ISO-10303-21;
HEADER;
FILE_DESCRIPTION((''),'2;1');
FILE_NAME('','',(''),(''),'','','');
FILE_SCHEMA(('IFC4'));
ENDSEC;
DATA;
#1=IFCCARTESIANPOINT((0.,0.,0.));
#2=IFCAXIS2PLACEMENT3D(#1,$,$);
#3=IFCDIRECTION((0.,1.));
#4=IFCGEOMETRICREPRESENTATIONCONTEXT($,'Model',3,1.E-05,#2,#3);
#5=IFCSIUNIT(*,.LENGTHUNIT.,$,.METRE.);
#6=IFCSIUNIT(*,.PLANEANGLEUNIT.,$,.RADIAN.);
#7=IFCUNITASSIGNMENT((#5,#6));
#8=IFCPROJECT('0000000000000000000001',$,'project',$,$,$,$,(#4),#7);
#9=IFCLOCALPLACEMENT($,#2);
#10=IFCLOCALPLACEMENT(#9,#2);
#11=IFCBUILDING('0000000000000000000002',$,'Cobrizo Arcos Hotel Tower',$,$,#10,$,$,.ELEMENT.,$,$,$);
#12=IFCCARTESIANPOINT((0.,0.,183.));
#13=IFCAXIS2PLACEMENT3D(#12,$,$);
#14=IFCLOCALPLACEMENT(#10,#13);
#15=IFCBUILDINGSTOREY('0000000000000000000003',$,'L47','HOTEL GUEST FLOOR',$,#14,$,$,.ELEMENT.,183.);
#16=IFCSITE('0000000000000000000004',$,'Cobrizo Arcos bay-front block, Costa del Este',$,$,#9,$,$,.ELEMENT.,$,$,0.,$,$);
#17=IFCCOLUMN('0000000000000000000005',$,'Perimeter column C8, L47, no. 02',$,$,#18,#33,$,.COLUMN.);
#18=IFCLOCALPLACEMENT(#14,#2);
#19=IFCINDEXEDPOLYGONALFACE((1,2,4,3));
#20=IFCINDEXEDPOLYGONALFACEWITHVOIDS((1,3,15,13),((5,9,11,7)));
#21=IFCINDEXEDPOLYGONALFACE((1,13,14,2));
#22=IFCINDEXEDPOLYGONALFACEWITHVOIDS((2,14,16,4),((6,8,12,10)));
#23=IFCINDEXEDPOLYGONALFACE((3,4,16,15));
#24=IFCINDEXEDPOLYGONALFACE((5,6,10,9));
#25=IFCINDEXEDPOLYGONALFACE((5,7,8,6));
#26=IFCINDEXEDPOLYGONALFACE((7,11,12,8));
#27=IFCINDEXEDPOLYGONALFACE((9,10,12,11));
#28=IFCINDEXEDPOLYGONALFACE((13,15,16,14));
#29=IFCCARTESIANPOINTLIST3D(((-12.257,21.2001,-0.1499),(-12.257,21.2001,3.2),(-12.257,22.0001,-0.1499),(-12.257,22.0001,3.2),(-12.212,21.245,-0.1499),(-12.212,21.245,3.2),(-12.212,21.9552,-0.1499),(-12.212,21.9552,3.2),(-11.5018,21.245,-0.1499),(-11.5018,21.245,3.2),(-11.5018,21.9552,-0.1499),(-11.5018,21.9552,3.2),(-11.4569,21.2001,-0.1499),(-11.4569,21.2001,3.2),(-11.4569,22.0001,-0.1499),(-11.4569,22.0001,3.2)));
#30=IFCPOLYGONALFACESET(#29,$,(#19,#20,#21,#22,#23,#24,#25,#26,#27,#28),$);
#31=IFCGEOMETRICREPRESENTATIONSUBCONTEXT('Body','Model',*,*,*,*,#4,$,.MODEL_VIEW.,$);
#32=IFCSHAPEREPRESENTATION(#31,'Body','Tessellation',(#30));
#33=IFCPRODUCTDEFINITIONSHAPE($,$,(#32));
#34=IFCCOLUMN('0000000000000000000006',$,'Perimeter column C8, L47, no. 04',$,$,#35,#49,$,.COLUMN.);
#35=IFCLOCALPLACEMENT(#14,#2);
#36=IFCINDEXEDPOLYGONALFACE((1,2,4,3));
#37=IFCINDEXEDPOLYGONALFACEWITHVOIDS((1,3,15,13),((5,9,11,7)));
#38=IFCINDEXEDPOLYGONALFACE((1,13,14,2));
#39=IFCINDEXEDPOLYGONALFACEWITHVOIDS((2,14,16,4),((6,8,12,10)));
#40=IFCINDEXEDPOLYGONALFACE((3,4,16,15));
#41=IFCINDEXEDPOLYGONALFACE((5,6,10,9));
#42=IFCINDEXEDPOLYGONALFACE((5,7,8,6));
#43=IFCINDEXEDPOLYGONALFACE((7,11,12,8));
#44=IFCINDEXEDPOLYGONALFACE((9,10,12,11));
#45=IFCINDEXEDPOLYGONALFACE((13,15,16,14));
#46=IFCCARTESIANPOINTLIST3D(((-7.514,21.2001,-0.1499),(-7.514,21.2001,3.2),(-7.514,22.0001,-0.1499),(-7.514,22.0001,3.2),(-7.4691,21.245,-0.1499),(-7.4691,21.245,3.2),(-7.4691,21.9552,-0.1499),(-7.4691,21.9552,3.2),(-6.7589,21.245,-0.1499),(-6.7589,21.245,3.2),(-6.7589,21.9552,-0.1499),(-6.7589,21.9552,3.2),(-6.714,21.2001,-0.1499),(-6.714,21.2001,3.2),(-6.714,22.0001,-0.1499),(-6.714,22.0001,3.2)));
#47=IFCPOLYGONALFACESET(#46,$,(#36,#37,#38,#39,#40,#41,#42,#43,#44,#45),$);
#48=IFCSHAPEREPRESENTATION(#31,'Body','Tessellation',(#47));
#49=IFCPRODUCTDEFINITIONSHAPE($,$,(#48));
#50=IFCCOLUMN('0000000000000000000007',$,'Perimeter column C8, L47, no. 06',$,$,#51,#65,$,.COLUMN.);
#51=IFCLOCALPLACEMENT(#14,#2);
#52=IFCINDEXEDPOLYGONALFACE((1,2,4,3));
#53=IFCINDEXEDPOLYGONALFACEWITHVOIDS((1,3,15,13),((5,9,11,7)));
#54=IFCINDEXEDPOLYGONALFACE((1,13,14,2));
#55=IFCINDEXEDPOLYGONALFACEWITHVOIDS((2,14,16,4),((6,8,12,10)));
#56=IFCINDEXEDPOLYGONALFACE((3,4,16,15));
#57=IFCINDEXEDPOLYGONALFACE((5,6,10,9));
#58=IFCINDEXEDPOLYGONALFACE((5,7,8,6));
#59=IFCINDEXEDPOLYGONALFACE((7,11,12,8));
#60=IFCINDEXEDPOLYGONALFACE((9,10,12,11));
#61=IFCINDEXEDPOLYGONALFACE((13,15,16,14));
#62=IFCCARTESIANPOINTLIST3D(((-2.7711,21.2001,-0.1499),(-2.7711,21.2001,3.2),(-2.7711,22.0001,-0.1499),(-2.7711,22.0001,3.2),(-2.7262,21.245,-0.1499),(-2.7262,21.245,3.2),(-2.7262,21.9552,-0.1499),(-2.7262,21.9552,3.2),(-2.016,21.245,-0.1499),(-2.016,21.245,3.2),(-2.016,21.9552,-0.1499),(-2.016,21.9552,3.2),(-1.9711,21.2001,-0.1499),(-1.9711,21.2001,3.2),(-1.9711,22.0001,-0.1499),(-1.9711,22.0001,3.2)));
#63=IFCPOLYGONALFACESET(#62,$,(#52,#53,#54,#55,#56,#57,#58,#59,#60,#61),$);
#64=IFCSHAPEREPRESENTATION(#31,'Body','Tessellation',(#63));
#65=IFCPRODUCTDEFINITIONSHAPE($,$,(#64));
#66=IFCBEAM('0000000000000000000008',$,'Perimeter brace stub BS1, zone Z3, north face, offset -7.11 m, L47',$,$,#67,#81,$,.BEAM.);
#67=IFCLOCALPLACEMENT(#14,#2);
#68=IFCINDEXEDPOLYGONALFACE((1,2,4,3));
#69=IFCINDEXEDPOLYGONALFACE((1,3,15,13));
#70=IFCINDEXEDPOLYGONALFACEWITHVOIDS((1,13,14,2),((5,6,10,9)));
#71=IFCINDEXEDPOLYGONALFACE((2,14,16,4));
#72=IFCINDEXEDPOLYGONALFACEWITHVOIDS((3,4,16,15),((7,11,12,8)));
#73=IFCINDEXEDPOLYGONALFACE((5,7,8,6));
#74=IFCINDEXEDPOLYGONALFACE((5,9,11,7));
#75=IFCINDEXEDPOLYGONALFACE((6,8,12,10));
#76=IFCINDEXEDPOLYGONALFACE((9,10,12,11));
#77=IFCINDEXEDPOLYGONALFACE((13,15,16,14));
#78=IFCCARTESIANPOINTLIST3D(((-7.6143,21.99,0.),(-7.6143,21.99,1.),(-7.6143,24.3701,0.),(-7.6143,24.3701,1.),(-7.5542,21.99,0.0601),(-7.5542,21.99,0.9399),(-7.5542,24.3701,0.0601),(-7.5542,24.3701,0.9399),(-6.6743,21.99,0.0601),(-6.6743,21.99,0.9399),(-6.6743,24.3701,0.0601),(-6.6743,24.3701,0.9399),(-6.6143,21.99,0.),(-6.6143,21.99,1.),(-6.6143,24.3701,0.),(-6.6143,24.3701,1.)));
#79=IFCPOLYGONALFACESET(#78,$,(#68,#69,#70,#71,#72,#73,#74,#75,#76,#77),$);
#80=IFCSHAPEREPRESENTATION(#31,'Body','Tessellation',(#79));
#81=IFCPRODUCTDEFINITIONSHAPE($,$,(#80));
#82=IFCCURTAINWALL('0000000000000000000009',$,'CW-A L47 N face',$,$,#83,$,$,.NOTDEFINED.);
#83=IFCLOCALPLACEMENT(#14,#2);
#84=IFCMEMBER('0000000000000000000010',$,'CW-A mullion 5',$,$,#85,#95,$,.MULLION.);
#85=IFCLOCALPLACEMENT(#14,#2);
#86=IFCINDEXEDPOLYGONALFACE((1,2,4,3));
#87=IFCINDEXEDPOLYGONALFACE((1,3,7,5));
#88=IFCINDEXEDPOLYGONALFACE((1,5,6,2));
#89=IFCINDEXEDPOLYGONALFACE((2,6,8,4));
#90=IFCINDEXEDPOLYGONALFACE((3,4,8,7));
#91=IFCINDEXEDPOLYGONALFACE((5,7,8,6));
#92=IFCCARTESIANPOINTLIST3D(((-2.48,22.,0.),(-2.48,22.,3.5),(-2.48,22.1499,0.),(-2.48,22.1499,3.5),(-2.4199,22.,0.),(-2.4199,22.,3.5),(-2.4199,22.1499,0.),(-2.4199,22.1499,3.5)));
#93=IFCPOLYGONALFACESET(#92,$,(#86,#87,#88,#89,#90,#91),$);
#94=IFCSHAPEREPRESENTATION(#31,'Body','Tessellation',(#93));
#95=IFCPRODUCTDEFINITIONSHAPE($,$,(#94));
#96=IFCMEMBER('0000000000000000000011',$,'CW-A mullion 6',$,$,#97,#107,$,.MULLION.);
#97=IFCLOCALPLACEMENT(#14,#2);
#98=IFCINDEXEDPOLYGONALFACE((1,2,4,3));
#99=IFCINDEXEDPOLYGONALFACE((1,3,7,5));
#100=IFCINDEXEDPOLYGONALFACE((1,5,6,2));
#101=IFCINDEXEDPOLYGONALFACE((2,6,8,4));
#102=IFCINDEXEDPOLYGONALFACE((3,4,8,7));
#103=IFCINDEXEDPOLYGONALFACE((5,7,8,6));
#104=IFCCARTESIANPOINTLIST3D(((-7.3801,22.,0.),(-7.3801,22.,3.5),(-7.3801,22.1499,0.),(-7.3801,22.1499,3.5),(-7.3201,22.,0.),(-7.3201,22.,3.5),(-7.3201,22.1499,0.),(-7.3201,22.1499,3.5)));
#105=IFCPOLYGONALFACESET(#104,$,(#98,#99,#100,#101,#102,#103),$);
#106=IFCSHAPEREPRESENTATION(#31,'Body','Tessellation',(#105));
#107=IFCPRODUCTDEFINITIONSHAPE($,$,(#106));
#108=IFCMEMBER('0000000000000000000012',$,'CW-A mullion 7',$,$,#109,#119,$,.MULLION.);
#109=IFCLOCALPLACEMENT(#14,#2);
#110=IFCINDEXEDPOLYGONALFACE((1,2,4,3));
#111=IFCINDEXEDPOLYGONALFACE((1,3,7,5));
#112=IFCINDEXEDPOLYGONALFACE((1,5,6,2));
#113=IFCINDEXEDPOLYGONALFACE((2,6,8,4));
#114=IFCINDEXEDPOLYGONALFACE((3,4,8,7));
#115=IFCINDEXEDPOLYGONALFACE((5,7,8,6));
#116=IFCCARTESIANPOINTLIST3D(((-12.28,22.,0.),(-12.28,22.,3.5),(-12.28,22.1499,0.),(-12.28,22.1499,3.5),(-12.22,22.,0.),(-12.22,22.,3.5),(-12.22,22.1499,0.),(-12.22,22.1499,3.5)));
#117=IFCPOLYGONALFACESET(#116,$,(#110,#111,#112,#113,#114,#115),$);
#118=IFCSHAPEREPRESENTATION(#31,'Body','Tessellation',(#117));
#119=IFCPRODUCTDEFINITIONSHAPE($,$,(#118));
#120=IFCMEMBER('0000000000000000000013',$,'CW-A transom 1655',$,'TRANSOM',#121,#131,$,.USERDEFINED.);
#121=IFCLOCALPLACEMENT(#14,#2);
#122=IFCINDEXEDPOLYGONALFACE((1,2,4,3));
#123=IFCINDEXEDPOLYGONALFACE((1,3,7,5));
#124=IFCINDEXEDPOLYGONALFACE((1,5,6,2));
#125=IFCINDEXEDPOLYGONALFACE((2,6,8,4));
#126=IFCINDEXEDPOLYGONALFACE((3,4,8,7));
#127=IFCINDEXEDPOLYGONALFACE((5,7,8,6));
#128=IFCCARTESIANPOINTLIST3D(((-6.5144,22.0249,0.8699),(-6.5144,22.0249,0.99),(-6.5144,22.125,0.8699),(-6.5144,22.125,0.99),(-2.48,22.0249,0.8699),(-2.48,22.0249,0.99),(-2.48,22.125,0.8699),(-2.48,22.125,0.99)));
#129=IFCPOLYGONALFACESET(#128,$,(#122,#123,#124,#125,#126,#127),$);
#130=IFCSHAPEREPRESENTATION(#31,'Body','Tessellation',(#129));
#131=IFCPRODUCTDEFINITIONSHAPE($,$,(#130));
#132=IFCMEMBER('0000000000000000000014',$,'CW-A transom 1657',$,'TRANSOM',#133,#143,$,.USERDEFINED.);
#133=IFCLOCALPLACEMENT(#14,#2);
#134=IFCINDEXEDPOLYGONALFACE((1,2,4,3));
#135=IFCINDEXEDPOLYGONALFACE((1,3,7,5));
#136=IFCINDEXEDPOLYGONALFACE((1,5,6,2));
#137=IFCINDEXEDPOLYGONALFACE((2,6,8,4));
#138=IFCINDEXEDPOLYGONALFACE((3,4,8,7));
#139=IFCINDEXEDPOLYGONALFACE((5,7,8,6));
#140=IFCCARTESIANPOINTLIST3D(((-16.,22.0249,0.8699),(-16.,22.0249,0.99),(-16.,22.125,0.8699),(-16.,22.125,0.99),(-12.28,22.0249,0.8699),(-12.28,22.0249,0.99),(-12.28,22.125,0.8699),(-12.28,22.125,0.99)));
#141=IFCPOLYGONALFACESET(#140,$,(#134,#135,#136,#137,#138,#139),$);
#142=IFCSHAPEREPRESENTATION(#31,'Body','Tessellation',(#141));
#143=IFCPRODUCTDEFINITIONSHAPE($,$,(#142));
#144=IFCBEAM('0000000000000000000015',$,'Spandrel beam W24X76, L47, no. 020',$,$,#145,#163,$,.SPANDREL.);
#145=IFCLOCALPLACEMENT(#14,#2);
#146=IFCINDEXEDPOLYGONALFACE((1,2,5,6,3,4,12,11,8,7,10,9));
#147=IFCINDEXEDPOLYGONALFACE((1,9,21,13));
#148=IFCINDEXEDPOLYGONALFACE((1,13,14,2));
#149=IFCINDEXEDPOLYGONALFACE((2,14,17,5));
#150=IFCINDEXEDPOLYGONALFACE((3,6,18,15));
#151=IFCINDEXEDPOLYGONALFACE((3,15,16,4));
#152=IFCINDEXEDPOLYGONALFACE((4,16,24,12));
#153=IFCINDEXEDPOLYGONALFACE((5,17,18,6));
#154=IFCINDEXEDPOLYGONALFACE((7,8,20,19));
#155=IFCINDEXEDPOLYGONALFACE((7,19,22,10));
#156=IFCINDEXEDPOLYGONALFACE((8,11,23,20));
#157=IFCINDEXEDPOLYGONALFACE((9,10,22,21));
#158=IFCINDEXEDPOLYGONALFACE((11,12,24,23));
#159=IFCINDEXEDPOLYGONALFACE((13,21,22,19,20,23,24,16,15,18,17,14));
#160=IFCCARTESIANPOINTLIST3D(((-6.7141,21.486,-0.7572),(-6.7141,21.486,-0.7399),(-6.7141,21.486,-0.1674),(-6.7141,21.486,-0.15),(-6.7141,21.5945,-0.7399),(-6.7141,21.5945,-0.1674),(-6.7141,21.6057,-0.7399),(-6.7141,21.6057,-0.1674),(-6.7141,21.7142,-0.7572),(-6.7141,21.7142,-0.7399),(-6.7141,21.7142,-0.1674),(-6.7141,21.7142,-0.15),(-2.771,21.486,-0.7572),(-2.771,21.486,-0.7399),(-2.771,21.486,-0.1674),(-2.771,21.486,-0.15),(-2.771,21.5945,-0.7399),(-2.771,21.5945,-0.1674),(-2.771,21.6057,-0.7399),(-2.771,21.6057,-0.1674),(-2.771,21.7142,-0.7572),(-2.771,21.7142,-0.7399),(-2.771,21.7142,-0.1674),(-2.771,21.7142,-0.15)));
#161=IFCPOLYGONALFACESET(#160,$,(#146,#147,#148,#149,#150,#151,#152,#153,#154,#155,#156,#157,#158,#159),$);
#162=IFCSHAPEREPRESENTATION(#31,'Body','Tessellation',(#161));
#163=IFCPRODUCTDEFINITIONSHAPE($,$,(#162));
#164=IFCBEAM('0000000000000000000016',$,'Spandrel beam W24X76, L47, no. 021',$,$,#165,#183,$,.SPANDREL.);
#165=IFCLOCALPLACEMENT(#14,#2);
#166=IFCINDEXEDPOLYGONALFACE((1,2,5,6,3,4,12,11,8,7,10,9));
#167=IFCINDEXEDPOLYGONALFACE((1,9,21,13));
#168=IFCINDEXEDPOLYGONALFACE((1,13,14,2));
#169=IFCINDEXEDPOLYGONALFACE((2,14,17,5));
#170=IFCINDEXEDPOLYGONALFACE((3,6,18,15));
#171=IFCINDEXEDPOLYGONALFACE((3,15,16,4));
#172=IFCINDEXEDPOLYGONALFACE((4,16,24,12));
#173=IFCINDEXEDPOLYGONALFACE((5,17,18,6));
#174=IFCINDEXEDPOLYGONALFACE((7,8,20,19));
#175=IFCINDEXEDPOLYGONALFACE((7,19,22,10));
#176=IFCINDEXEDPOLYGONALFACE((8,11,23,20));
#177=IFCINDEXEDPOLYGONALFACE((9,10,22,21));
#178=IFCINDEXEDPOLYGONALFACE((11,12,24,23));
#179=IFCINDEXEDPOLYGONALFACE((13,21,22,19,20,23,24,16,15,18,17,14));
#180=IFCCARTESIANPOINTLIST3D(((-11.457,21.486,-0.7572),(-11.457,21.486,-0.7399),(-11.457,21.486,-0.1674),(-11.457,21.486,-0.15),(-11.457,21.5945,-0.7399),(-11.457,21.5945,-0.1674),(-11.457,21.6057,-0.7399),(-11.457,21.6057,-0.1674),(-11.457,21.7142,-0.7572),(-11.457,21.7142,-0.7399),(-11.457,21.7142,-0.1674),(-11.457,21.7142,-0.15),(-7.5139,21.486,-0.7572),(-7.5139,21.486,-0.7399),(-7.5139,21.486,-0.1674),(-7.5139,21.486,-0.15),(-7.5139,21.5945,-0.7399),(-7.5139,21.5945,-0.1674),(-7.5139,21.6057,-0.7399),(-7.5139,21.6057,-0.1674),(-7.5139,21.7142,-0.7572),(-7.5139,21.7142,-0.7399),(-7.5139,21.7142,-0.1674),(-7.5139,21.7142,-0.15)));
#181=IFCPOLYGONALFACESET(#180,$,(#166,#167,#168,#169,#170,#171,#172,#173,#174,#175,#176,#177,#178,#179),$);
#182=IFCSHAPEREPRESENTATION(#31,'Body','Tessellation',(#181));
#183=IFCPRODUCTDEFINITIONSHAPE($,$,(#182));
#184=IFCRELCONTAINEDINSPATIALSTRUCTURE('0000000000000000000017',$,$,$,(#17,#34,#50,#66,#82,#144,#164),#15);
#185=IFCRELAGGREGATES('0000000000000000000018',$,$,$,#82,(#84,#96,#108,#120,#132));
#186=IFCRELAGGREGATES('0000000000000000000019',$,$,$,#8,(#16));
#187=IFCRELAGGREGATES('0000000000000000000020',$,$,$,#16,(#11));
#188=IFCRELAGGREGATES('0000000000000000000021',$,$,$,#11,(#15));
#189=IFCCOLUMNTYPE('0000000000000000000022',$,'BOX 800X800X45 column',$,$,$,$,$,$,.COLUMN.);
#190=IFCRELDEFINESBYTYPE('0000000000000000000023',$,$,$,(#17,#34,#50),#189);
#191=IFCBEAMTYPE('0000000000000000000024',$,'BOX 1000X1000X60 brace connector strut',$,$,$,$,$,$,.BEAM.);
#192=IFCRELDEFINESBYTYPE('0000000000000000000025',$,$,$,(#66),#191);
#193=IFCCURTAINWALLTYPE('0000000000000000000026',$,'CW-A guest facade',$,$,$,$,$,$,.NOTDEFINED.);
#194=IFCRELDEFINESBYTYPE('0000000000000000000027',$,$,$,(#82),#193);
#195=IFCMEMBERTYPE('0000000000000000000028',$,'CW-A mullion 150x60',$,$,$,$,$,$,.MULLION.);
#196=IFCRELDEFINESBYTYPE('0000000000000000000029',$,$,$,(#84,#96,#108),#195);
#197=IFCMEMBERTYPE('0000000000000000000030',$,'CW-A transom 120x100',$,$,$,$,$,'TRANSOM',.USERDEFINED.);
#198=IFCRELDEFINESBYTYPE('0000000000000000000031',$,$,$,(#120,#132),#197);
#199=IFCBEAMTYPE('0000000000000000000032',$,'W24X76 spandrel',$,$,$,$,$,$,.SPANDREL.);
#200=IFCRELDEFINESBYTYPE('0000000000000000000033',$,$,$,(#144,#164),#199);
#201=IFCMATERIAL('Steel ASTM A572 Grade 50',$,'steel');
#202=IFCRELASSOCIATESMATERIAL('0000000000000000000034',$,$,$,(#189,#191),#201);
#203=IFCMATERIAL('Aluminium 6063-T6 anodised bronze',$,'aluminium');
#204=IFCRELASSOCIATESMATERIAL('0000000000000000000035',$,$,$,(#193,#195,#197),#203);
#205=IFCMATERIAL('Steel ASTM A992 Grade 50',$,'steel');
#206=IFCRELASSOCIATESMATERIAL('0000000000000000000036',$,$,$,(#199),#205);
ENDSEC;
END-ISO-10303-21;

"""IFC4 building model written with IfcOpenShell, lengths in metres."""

from ifc_helpers import new_model, si_unit, direction, frame, origin, origin_2d, place, context, subcontext, project, spatial, rectangle, hollow_rectangle, i_section, extrude, material, material_profile, profile_set, type_object, element, aggregate, save


model = new_model("IFC4")

# Units and contexts
model_context = context("Model", 3, precision=1e-05, world=origin(), true_north=direction((0.0, 1.0)))
body_context = subcontext(model_context, "Body", "Model", "MODEL_VIEW")
ifc_project = project(units=[si_unit("LENGTHUNIT", "METRE"), si_unit("PLANEANGLEUNIT", "RADIAN")], contexts=[model_context])

# Site, building, storey
site_placement = place(None, origin())
site = spatial("IfcSite", under=ifc_project, at=site_placement, Name="Cobrizo Arcos bay-front block, Costa del Este", CompositionType="ELEMENT", RefElevation=0.0)
building_placement = place(site_placement, origin())
building = spatial("IfcBuilding", under=site, at=building_placement, Name="Cobrizo Arcos Hotel Tower", CompositionType="ELEMENT")
storey_placement = place(building_placement, frame((0.0, 0.0, 183.0)))
storey = spatial("IfcBuildingStorey", under=building, at=storey_placement, Name="L47", Description="HOTEL GUEST FLOOR", CompositionType="ELEMENT", Elevation=183.0)

# Columns
ifc_material_1 = material(Name="Steel ASTM A572 Grade 50", Category="steel")
ifc_material_profile_1 = material_profile(ifc_material_1, hollow_rectangle(XDim=0.8, YDim=0.8, WallThickness=0.0449, at=origin_2d()), Name="BOX 800X800X45")
ifc_profile_set_1 = profile_set([ifc_material_profile_1], Name="Steel ASTM A572 Grade 50")
column_type = type_object("IfcColumnType", Name="BOX 800X800X45 column", PredefinedType="COLUMN", material=ifc_profile_set_1)
for number, where, z_axis, x_axis, name in (
    (1, (-11.8569, 21.6001, -0.1499), (0.0, 0.0, 1.0), (1.0, 0.0, 0.0), "Perimeter column C8, L47, no. 02"),
    (2, (-7.114, 21.6001, -0.1499), (0.0, 0.0, 1.0), (1.0, 0.0, 0.0), "Perimeter column C8, L47, no. 04"),
    (3, (-2.3711, 21.6001, -0.1499), (0.0, 0.0, 1.0), (1.0, 0.0, 0.0), "Perimeter column C8, L47, no. 06"),
):
    element("IfcColumn", number, at=place(storey_placement, frame(where, z_axis=z_axis, x_axis=x_axis)), inside=storey, type_object=column_type, Name=name, PredefinedType="COLUMN", context=body_context, shape_type="SweptSolid", body=[
        extrude(hollow_rectangle(XDim=0.8, YDim=0.8, WallThickness=0.0449, at=origin_2d()), origin(), (0.0, 0.0, 1.0), 3.3499),
    ])

# Beam
ifc_material_profile_2 = material_profile(ifc_material_1, hollow_rectangle(XDim=1.0, YDim=1.0, WallThickness=0.0601, at=origin_2d()), Name="BOX 1000X1000X60")
ifc_profile_set_2 = profile_set([ifc_material_profile_2], Name="Steel ASTM A572 Grade 50")
beam_type_1 = type_object("IfcBeamType", Name="BOX 1000X1000X60 brace connector strut", PredefinedType="BEAM", material=ifc_profile_set_2)
beam_1_placement = place(storey_placement, frame((-7.1143, 21.99, 0.5), z_axis=(0.0, 1.0, 0.0), x_axis=(-1.0, 0.0, 0.0)))
element("IfcBeam", 4, at=beam_1_placement, inside=storey, type_object=beam_type_1, Name="Perimeter brace stub BS1, zone Z3, north face, offset -7.11 m, L47", PredefinedType="BEAM", context=body_context, shape_type="SweptSolid", body=[
    extrude(hollow_rectangle(XDim=1.0, YDim=1.0, WallThickness=0.0601, at=origin_2d()), origin(), (0.0, 0.0, 1.0), 2.3801),
])

# Curtain wall, members
ifc_material_2 = material(Name="Aluminium 6063-T6 anodised bronze", Category="aluminium")
curtain_wall_type = type_object("IfcCurtainWallType", Name="CW-A guest facade", PredefinedType="NOTDEFINED", material=ifc_material_2)
curtain_wall_placement = place(storey_placement, origin())
curtain_wall = element("IfcCurtainWall", 5, at=curtain_wall_placement, inside=storey, type_object=curtain_wall_type, Name="CW-A L47 N face", PredefinedType="NOTDEFINED")
ifc_material_profile_3 = material_profile(ifc_material_2, rectangle(XDim=0.1499, YDim=0.0601, at=origin_2d()), Name="CW-A mullion 150x60")
ifc_profile_set_3 = profile_set([ifc_material_profile_3], Name="Aluminium 6063-T6 anodised bronze")
member_type_1 = type_object("IfcMemberType", Name="CW-A mullion 150x60", PredefinedType="MULLION", material=ifc_profile_set_3)
member_1_placement = place(storey_placement, frame((-2.45, 22.075, 0.0), z_axis=(0.0, 0.0, 1.0), x_axis=(0.0, 1.0, 0.0)))
member_1 = element("IfcMember", 6, at=member_1_placement, type_object=member_type_1, Name="CW-A mullion 5", PredefinedType="MULLION", context=body_context, shape_type="SweptSolid", body=[
    extrude(rectangle(XDim=0.1499, YDim=0.0601, at=origin_2d()), origin(), (0.0, 0.0, 1.0), 3.5),
])
member_2_placement = place(storey_placement, frame((-7.3501, 22.075, 0.0), z_axis=(0.0, 0.0, 1.0), x_axis=(0.0, 1.0, 0.0)))
member_2 = element("IfcMember", 7, at=member_2_placement, type_object=member_type_1, Name="CW-A mullion 6", PredefinedType="MULLION", context=body_context, shape_type="SweptSolid", body=[
    extrude(rectangle(XDim=0.1499, YDim=0.0601, at=origin_2d()), origin(), (0.0, 0.0, 1.0), 3.5),
])
member_3_placement = place(storey_placement, frame((-12.25, 22.075, 0.0), z_axis=(0.0, 0.0, 1.0), x_axis=(0.0, 1.0, 0.0)))
member_3 = element("IfcMember", 8, at=member_3_placement, type_object=member_type_1, Name="CW-A mullion 7", PredefinedType="MULLION", context=body_context, shape_type="SweptSolid", body=[
    extrude(rectangle(XDim=0.1499, YDim=0.0601, at=origin_2d()), origin(), (0.0, 0.0, 1.0), 3.5),
])
ifc_material_profile_4 = material_profile(ifc_material_2, rectangle(XDim=0.1001, YDim=0.1201, at=origin_2d()), Name="CW-A transom 120x100")
ifc_profile_set_4 = profile_set([ifc_material_profile_4], Name="Aluminium 6063-T6 anodised bronze")
member_type_2 = type_object("IfcMemberType", Name="CW-A transom 120x100", ElementType="TRANSOM", PredefinedType="USERDEFINED", material=ifc_profile_set_4)
member_4_placement = place(storey_placement, frame((-2.48, 22.075, 0.9299), z_axis=(-1.0, 0.0, 0.0), x_axis=(0.0, -1.0, 0.0)))
member_4 = element("IfcMember", 9, at=member_4_placement, type_object=member_type_2, Name="CW-A transom 1655", ObjectType="TRANSOM", PredefinedType="USERDEFINED", context=body_context, shape_type="SweptSolid", body=[
    extrude(rectangle(XDim=0.1001, YDim=0.1201, at=origin_2d()), origin(), (0.0, 0.0, 1.0), 4.0344),
])
member_5_placement = place(storey_placement, frame((-12.28, 22.075, 0.9299), z_axis=(-1.0, 0.0, 0.0), x_axis=(0.0, -1.0, 0.0)))
member_5 = element("IfcMember", 10, at=member_5_placement, type_object=member_type_2, Name="CW-A transom 1657", ObjectType="TRANSOM", PredefinedType="USERDEFINED", context=body_context, shape_type="SweptSolid", body=[
    extrude(rectangle(XDim=0.1001, YDim=0.1201, at=origin_2d()), origin(), (0.0, 0.0, 1.0), 3.72),
])

# Beams
ifc_material_3 = material(Name="Steel ASTM A992 Grade 50", Category="steel")
ifc_material_profile_5 = material_profile(ifc_material_3, i_section(OverallWidth=0.2283, OverallDepth=0.6072, WebThickness=0.0112, FlangeThickness=0.0173, at=origin_2d()), Name="W24X76")
ifc_profile_set_5 = profile_set([ifc_material_profile_5], Name="Steel ASTM A992 Grade 50")
beam_type_2 = type_object("IfcBeamType", Name="W24X76 spandrel", PredefinedType="SPANDREL", material=ifc_profile_set_5)
for number, where, z_axis, x_axis, name in (
    (11, (-2.771, 21.6001, -0.4536), (-1.0, 0.0, 0.0), (0.0, -1.0, 0.0), "Spandrel beam W24X76, L47, no. 020"),
    (12, (-7.5139, 21.6001, -0.4536), (-1.0, 0.0, 0.0), (0.0, -1.0, 0.0), "Spandrel beam W24X76, L47, no. 021"),
):
    element("IfcBeam", number, at=place(storey_placement, frame(where, z_axis=z_axis, x_axis=x_axis)), inside=storey, type_object=beam_type_2, Name=name, PredefinedType="SPANDREL", context=body_context, shape_type="SweptSolid", body=[
        extrude(i_section(OverallWidth=0.2283, OverallDepth=0.6072, WebThickness=0.0112, FlangeThickness=0.0173, at=origin_2d()), origin(), (0.0, 0.0, 1.0), 3.9431),
    ])

aggregate(curtain_wall, [member_1, member_2, member_3, member_4, member_5])

save(model, "model.ifc")
